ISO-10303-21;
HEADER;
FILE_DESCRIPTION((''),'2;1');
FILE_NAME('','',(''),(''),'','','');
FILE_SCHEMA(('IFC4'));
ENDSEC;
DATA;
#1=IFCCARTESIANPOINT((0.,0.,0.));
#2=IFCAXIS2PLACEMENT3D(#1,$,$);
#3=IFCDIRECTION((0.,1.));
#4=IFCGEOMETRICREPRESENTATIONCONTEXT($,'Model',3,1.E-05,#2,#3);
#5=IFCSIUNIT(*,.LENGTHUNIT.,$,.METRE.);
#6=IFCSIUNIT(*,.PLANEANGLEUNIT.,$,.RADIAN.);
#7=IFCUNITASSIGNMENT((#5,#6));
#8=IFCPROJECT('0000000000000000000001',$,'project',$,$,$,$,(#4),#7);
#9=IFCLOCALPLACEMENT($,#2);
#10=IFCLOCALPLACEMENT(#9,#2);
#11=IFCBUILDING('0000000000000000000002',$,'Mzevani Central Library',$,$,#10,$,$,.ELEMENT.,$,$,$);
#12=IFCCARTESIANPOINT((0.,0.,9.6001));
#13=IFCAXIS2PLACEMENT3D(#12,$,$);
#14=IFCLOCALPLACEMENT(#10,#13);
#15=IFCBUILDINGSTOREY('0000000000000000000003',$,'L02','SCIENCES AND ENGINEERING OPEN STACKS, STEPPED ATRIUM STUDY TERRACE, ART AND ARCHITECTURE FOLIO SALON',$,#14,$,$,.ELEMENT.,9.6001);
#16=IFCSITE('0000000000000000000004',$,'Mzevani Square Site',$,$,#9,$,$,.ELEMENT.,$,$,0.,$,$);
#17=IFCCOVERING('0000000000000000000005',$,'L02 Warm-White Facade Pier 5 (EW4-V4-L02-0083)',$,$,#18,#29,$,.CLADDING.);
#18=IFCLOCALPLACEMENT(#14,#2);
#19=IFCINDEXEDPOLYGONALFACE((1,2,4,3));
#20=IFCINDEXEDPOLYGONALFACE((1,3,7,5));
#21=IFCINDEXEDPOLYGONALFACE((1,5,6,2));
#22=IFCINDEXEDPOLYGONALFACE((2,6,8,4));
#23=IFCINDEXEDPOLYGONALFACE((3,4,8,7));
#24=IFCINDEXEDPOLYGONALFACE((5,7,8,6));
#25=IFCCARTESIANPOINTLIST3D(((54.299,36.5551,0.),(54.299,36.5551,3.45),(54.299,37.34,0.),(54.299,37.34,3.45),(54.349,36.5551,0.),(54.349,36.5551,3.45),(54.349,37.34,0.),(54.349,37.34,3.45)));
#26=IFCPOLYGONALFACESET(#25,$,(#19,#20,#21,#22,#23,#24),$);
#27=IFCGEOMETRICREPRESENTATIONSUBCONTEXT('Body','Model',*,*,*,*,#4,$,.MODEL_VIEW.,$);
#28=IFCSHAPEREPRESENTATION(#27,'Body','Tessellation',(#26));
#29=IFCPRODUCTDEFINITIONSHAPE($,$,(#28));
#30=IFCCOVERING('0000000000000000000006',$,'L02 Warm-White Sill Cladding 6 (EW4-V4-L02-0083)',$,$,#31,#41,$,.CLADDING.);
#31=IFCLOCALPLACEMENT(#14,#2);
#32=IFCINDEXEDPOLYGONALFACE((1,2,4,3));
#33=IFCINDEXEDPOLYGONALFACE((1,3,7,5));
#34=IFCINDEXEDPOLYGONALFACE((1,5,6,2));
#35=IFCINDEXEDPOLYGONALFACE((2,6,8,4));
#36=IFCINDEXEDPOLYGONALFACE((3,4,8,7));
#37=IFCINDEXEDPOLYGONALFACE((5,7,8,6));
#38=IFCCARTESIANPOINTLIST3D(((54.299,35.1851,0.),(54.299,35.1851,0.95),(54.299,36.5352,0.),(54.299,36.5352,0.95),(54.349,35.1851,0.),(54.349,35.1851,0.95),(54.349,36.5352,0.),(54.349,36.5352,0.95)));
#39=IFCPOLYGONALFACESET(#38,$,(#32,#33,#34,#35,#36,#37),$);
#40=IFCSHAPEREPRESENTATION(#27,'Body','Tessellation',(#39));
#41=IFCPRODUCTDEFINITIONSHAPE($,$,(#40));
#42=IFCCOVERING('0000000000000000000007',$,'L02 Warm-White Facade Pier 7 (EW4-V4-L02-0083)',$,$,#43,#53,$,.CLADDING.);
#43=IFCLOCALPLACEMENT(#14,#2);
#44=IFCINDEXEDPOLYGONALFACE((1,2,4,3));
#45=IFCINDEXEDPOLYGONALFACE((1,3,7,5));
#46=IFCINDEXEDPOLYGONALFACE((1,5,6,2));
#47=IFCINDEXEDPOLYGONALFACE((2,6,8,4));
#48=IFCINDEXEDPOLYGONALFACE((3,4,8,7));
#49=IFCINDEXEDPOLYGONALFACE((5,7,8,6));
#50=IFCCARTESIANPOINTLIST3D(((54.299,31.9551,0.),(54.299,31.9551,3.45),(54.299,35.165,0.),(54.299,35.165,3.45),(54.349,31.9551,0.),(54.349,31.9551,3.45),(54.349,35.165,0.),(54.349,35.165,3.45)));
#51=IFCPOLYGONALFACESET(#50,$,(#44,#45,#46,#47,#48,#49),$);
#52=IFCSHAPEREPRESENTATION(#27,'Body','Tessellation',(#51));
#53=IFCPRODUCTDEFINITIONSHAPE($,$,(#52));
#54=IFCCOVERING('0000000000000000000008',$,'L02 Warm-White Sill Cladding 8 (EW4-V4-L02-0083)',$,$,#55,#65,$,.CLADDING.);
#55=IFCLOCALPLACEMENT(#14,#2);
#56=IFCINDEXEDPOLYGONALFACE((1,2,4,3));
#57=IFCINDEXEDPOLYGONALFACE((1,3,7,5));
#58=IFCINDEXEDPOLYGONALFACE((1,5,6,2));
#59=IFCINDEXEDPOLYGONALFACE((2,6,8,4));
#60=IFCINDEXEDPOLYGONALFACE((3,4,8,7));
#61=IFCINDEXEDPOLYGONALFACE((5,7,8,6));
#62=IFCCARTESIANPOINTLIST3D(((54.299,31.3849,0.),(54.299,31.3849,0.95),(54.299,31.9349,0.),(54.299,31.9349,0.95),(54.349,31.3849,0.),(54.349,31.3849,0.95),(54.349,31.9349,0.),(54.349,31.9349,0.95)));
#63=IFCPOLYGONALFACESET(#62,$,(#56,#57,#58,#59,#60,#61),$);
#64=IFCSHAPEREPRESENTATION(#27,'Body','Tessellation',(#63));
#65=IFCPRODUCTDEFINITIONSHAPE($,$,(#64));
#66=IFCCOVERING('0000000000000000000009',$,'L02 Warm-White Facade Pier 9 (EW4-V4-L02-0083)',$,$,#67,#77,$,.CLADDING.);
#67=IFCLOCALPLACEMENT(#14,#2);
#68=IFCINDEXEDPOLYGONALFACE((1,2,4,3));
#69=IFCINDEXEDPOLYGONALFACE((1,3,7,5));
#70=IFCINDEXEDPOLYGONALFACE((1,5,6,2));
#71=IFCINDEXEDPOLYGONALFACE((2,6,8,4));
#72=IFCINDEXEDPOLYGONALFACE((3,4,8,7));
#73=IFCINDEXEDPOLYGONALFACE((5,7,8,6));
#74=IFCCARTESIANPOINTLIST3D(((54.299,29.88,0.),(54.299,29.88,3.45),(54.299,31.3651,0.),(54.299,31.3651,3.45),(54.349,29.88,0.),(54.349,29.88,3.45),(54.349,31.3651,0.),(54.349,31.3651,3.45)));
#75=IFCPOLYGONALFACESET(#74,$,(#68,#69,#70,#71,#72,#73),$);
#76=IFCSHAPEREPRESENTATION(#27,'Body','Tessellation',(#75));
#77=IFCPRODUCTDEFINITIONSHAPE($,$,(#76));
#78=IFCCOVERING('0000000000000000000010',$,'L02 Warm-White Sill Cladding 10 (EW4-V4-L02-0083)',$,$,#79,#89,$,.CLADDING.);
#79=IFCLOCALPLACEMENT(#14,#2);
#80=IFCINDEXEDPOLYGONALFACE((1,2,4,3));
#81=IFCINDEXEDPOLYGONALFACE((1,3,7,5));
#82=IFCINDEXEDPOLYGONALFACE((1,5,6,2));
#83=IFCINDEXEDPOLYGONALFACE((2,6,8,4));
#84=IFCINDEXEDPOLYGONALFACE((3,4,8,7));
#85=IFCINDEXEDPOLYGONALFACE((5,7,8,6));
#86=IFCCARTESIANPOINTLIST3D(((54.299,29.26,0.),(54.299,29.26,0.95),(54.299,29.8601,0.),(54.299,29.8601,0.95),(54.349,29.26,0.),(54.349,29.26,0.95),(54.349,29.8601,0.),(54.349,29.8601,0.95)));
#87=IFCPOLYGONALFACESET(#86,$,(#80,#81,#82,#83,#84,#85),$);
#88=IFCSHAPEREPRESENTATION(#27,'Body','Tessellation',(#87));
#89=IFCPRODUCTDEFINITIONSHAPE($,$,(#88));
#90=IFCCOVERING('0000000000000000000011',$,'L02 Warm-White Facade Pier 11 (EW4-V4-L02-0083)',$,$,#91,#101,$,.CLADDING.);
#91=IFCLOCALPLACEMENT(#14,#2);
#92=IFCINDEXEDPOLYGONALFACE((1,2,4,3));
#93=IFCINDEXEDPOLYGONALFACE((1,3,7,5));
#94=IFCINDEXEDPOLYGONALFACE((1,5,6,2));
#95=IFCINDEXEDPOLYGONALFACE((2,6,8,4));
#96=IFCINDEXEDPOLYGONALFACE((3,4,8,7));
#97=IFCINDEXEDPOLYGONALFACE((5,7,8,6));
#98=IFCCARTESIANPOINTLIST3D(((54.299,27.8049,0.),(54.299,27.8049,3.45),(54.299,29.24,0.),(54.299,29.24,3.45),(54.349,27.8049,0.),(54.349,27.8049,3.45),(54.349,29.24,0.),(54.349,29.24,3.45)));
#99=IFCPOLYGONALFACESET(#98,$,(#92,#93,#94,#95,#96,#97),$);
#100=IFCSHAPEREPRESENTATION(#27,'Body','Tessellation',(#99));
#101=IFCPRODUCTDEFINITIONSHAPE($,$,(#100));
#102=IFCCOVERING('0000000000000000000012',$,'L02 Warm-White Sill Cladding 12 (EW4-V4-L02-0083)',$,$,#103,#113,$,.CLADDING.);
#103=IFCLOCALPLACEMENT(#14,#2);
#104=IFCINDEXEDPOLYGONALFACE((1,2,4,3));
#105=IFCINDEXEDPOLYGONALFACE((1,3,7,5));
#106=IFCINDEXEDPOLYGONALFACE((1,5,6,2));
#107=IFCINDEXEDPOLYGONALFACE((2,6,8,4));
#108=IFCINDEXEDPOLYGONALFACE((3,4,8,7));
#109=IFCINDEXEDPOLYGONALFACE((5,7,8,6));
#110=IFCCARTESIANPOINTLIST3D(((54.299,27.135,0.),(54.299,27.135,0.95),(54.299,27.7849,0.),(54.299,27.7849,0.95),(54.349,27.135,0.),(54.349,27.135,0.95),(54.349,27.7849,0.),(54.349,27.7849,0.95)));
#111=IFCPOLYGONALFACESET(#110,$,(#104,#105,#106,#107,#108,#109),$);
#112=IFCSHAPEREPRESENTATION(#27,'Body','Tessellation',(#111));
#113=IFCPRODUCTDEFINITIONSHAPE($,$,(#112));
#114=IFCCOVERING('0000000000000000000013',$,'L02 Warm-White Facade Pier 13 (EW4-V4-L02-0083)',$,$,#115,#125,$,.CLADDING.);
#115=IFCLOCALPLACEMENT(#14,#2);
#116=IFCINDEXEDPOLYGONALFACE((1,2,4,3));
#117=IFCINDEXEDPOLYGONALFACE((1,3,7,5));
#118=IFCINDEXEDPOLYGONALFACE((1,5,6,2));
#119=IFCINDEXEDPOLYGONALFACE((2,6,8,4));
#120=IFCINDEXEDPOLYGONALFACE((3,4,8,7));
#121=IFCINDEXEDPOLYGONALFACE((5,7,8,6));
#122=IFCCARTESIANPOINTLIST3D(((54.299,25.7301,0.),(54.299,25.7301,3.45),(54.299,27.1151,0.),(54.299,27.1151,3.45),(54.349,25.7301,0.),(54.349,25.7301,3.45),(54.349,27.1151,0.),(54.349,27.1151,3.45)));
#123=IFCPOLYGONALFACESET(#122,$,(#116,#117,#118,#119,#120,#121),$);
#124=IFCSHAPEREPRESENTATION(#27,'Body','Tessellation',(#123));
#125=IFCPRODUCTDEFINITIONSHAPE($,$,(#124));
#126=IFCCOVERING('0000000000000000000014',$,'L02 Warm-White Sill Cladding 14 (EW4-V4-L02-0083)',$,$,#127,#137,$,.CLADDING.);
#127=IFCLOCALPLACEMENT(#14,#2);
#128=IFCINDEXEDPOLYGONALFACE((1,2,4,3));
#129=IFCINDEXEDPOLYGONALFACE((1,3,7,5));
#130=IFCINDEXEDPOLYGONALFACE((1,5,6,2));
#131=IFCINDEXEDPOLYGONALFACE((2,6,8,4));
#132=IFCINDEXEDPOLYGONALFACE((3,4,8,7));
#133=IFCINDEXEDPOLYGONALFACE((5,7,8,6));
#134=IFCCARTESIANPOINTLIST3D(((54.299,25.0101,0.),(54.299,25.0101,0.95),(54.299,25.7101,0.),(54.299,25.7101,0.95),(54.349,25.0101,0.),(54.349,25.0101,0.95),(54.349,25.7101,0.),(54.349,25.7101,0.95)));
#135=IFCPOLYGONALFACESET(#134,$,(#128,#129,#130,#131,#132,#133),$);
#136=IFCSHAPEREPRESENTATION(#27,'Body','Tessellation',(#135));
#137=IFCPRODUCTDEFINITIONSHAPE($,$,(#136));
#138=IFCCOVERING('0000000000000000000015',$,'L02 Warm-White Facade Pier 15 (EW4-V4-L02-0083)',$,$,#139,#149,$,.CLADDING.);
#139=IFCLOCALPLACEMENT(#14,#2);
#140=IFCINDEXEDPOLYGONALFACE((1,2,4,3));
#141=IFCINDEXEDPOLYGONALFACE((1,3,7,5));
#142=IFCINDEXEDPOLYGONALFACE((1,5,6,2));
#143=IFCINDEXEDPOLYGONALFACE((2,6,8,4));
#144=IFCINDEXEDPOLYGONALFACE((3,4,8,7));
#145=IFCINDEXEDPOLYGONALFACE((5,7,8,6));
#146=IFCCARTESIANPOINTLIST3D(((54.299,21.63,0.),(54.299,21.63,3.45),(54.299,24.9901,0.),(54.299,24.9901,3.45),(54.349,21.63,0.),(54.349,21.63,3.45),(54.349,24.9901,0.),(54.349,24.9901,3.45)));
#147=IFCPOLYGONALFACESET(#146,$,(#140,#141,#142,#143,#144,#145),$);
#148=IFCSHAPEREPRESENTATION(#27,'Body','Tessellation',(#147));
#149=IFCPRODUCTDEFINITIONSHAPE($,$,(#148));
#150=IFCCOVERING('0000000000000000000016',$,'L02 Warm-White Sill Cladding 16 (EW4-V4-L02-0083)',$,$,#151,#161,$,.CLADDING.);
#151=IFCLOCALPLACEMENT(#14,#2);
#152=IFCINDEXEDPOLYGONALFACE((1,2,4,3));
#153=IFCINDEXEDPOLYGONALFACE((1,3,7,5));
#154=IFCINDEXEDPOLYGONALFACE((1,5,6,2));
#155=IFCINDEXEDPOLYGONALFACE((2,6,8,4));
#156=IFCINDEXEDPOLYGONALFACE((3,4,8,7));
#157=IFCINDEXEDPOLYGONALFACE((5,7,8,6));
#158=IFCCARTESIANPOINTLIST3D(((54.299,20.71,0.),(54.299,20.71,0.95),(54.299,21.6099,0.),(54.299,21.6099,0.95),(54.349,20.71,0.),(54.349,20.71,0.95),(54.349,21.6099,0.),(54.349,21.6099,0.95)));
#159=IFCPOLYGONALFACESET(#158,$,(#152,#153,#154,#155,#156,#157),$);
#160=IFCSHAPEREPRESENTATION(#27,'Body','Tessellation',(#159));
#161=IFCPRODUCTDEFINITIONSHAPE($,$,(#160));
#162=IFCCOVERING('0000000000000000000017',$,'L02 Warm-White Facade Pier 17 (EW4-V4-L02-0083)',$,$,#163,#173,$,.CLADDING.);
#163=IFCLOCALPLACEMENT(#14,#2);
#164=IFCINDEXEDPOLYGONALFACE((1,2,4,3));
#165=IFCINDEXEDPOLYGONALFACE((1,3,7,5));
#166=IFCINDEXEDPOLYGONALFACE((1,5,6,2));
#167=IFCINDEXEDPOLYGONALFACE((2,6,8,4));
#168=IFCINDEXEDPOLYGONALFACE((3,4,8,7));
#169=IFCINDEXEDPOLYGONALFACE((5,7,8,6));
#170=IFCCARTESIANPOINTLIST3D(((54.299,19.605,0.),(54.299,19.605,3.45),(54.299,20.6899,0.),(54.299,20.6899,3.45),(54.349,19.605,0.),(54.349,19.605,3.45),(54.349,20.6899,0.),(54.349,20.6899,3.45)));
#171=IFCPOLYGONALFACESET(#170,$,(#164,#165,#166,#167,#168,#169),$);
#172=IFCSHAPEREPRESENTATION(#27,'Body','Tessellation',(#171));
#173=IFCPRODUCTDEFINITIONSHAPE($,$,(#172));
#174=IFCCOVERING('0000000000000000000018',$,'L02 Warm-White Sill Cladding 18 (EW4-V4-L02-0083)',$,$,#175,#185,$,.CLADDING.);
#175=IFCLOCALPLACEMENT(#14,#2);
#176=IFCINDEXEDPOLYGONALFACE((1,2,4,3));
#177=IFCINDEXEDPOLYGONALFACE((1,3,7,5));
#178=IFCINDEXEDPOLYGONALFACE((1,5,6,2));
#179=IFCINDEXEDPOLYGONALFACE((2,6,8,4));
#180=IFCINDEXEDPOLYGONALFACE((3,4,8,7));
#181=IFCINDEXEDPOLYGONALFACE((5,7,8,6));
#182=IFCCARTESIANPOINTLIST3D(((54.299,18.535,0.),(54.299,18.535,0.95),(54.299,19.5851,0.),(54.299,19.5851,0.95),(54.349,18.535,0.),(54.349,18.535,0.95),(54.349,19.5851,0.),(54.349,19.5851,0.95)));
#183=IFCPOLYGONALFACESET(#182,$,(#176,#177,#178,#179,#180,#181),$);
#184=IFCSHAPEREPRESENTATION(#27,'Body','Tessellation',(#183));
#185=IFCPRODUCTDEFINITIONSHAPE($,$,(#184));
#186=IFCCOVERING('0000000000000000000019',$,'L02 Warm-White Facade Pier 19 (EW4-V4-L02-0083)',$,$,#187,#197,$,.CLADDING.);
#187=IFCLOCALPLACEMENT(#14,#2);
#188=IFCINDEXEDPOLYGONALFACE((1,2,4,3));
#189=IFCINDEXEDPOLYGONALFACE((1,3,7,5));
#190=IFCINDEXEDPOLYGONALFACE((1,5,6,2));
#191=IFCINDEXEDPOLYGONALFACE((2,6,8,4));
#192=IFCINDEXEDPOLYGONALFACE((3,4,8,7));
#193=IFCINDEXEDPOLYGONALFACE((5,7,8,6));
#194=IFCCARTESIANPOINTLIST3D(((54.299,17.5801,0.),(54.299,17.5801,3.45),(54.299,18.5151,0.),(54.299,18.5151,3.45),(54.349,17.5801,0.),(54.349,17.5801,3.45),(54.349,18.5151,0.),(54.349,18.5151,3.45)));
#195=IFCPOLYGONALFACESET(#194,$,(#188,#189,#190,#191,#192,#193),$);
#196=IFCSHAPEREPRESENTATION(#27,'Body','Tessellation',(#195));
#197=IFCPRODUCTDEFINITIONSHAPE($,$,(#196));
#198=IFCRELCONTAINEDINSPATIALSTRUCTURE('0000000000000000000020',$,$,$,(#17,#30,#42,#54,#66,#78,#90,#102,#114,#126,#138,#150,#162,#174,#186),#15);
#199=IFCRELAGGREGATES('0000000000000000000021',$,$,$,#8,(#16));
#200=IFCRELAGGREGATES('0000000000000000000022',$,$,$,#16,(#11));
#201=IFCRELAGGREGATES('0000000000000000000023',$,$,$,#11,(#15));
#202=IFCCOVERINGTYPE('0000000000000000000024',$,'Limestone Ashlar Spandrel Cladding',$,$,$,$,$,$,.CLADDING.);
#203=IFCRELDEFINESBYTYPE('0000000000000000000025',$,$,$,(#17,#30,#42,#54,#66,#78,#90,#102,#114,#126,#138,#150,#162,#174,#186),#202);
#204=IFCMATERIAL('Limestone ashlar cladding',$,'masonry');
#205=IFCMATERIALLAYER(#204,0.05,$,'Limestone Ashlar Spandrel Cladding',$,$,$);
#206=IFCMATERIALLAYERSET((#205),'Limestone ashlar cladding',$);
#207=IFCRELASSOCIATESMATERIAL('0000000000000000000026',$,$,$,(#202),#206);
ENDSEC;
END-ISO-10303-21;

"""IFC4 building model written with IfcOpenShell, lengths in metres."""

from ifc_helpers import new_model, si_unit, direction, frame, origin, origin_2d, place, context, subcontext, project, spatial, rectangle, extrude, material, layer, layer_set, type_object, element, save


model = new_model("IFC4")

# Units and contexts
model_context = context("Model", 3, precision=1e-05, world=origin(), true_north=direction((0.0, 1.0)))
body_context = subcontext(model_context, "Body", "Model", "MODEL_VIEW")
ifc_project = project(units=[si_unit("LENGTHUNIT", "METRE"), si_unit("PLANEANGLEUNIT", "RADIAN")], contexts=[model_context])

# Site, building, storey
site_placement = place(None, origin())
site = spatial("IfcSite", under=ifc_project, at=site_placement, Name="Mzevani Square Site", CompositionType="ELEMENT", RefElevation=0.0)
building_placement = place(site_placement, origin())
building = spatial("IfcBuilding", under=site, at=building_placement, Name="Mzevani Central Library", CompositionType="ELEMENT")
storey_placement = place(building_placement, frame((0.0, 0.0, 9.6001)))
storey = spatial("IfcBuildingStorey", under=building, at=storey_placement, Name="L02", Description="SCIENCES AND ENGINEERING OPEN STACKS, STEPPED ATRIUM STUDY TERRACE, ART AND ARCHITECTURE FOLIO SALON", CompositionType="ELEMENT", Elevation=9.6001)

# Coverings
ifc_material_1 = material(Name="Limestone ashlar cladding", Category="masonry")
ifc_layer_1 = layer(ifc_material_1, 0.05, Name="Limestone Ashlar Spandrel Cladding")
ifc_layer_set_1 = layer_set([ifc_layer_1], Name="Limestone ashlar cladding")
covering_type = type_object("IfcCoveringType", Name="Limestone Ashlar Spandrel Cladding", PredefinedType="CLADDING", material=ifc_layer_set_1)
covering_1_placement = place(storey_placement, frame((54.324, 36.9475, 0.0), z_axis=(0.0, 0.0, 1.0), x_axis=(0.0, -1.0, 0.0)))
element("IfcCovering", 1, at=covering_1_placement, inside=storey, type_object=covering_type, Name="L02 Warm-White Facade Pier 5 (EW4-V4-L02-0083)", PredefinedType="CLADDING", context=body_context, shape_type="SweptSolid", body=[
    extrude(rectangle(XDim=0.7849, YDim=0.05, at=origin_2d()), origin(), (0.0, 0.0, 1.0), 3.45),
])
covering_2_placement = place(storey_placement, frame((54.324, 35.8601, 0.0), z_axis=(0.0, 0.0, 1.0), x_axis=(0.0, -1.0, 0.0)))
element("IfcCovering", 2, at=covering_2_placement, inside=storey, type_object=covering_type, Name="L02 Warm-White Sill Cladding 6 (EW4-V4-L02-0083)", PredefinedType="CLADDING", context=body_context, shape_type="SweptSolid", body=[
    extrude(rectangle(XDim=1.3501, YDim=0.05, at=origin_2d()), origin(), (0.0, 0.0, 1.0), 0.95),
])
covering_3_placement = place(storey_placement, frame((54.324, 33.5601, 0.0), z_axis=(0.0, 0.0, 1.0), x_axis=(0.0, -1.0, 0.0)))
element("IfcCovering", 3, at=covering_3_placement, inside=storey, type_object=covering_type, Name="L02 Warm-White Facade Pier 7 (EW4-V4-L02-0083)", PredefinedType="CLADDING", context=body_context, shape_type="SweptSolid", body=[
    extrude(rectangle(XDim=3.21, YDim=0.05, at=origin_2d()), origin(), (0.0, 0.0, 1.0), 3.45),
])
covering_4_placement = place(storey_placement, frame((54.324, 31.6599, 0.0), z_axis=(0.0, 0.0, 1.0), x_axis=(0.0, -1.0, 0.0)))
element("IfcCovering", 4, at=covering_4_placement, inside=storey, type_object=covering_type, Name="L02 Warm-White Sill Cladding 8 (EW4-V4-L02-0083)", PredefinedType="CLADDING", context=body_context, shape_type="SweptSolid", body=[
    extrude(rectangle(XDim=0.55, YDim=0.05, at=origin_2d()), origin(), (0.0, 0.0, 1.0), 0.95),
])
covering_5_placement = place(storey_placement, frame((54.324, 30.6226, 0.0), z_axis=(0.0, 0.0, 1.0), x_axis=(0.0, -1.0, 0.0)))
element("IfcCovering", 5, at=covering_5_placement, inside=storey, type_object=covering_type, Name="L02 Warm-White Facade Pier 9 (EW4-V4-L02-0083)", PredefinedType="CLADDING", context=body_context, shape_type="SweptSolid", body=[
    extrude(rectangle(XDim=1.4851, YDim=0.05, at=origin_2d()), origin(), (0.0, 0.0, 1.0), 3.45),
])
covering_6_placement = place(storey_placement, frame((54.324, 29.5601, 0.0), z_axis=(0.0, 0.0, 1.0), x_axis=(0.0, -1.0, 0.0)))
element("IfcCovering", 6, at=covering_6_placement, inside=storey, type_object=covering_type, Name="L02 Warm-White Sill Cladding 10 (EW4-V4-L02-0083)", PredefinedType="CLADDING", context=body_context, shape_type="SweptSolid", body=[
    extrude(rectangle(XDim=0.6001, YDim=0.05, at=origin_2d()), origin(), (0.0, 0.0, 1.0), 0.95),
])
covering_7_placement = place(storey_placement, frame((54.324, 28.5225, 0.0), z_axis=(0.0, 0.0, 1.0), x_axis=(0.0, -1.0, 0.0)))
element("IfcCovering", 7, at=covering_7_placement, inside=storey, type_object=covering_type, Name="L02 Warm-White Facade Pier 11 (EW4-V4-L02-0083)", PredefinedType="CLADDING", context=body_context, shape_type="SweptSolid", body=[
    extrude(rectangle(XDim=1.4351, YDim=0.05, at=origin_2d()), origin(), (0.0, 0.0, 1.0), 3.45),
])
covering_8_placement = place(storey_placement, frame((54.324, 27.46, 0.0), z_axis=(0.0, 0.0, 1.0), x_axis=(0.0, -1.0, 0.0)))
element("IfcCovering", 8, at=covering_8_placement, inside=storey, type_object=covering_type, Name="L02 Warm-White Sill Cladding 12 (EW4-V4-L02-0083)", PredefinedType="CLADDING", context=body_context, shape_type="SweptSolid", body=[
    extrude(rectangle(XDim=0.6499, YDim=0.05, at=origin_2d()), origin(), (0.0, 0.0, 1.0), 0.95),
])
covering_9_placement = place(storey_placement, frame((54.324, 26.4226, 0.0), z_axis=(0.0, 0.0, 1.0), x_axis=(0.0, -1.0, 0.0)))
element("IfcCovering", 9, at=covering_9_placement, inside=storey, type_object=covering_type, Name="L02 Warm-White Facade Pier 13 (EW4-V4-L02-0083)", PredefinedType="CLADDING", context=body_context, shape_type="SweptSolid", body=[
    extrude(rectangle(XDim=1.385, YDim=0.05, at=origin_2d()), origin(), (0.0, 0.0, 1.0), 3.45),
])
covering_10_placement = place(storey_placement, frame((54.324, 25.3601, 0.0), z_axis=(0.0, 0.0, 1.0), x_axis=(0.0, -1.0, 0.0)))
element("IfcCovering", 10, at=covering_10_placement, inside=storey, type_object=covering_type, Name="L02 Warm-White Sill Cladding 14 (EW4-V4-L02-0083)", PredefinedType="CLADDING", context=body_context, shape_type="SweptSolid", body=[
    extrude(rectangle(XDim=0.7, YDim=0.05, at=origin_2d()), origin(), (0.0, 0.0, 1.0), 0.95),
])
covering_11_placement = place(storey_placement, frame((54.324, 23.3101, 0.0), z_axis=(0.0, 0.0, 1.0), x_axis=(0.0, -1.0, 0.0)))
element("IfcCovering", 11, at=covering_11_placement, inside=storey, type_object=covering_type, Name="L02 Warm-White Facade Pier 15 (EW4-V4-L02-0083)", PredefinedType="CLADDING", context=body_context, shape_type="SweptSolid", body=[
    extrude(rectangle(XDim=3.3601, YDim=0.05, at=origin_2d()), origin(), (0.0, 0.0, 1.0), 3.45),
])
covering_12_placement = place(storey_placement, frame((54.324, 21.1599, 0.0), z_axis=(0.0, 0.0, 1.0), x_axis=(0.0, -1.0, 0.0)))
element("IfcCovering", 12, at=covering_12_placement, inside=storey, type_object=covering_type, Name="L02 Warm-White Sill Cladding 16 (EW4-V4-L02-0083)", PredefinedType="CLADDING", context=body_context, shape_type="SweptSolid", body=[
    extrude(rectangle(XDim=0.8999, YDim=0.05, at=origin_2d()), origin(), (0.0, 0.0, 1.0), 0.95),
])
covering_13_placement = place(storey_placement, frame((54.324, 20.1475, 0.0), z_axis=(0.0, 0.0, 1.0), x_axis=(0.0, -1.0, 0.0)))
element("IfcCovering", 13, at=covering_13_placement, inside=storey, type_object=covering_type, Name="L02 Warm-White Facade Pier 17 (EW4-V4-L02-0083)", PredefinedType="CLADDING", context=body_context, shape_type="SweptSolid", body=[
    extrude(rectangle(XDim=1.085, YDim=0.05, at=origin_2d()), origin(), (0.0, 0.0, 1.0), 3.45),
])
covering_14_placement = place(storey_placement, frame((54.324, 19.0601, 0.0), z_axis=(0.0, 0.0, 1.0), x_axis=(0.0, -1.0, 0.0)))
element("IfcCovering", 14, at=covering_14_placement, inside=storey, type_object=covering_type, Name="L02 Warm-White Sill Cladding 18 (EW4-V4-L02-0083)", PredefinedType="CLADDING", context=body_context, shape_type="SweptSolid", body=[
    extrude(rectangle(XDim=1.05, YDim=0.05, at=origin_2d()), origin(), (0.0, 0.0, 1.0), 0.95),
])
covering_15_placement = place(storey_placement, frame((54.324, 18.0476, 0.0), z_axis=(0.0, 0.0, 1.0), x_axis=(0.0, -1.0, 0.0)))
element("IfcCovering", 15, at=covering_15_placement, inside=storey, type_object=covering_type, Name="L02 Warm-White Facade Pier 19 (EW4-V4-L02-0083)", PredefinedType="CLADDING", context=body_context, shape_type="SweptSolid", body=[
    extrude(rectangle(XDim=0.9351, YDim=0.05, at=origin_2d()), origin(), (0.0, 0.0, 1.0), 3.45),
])

save(model, "model.ifc")
